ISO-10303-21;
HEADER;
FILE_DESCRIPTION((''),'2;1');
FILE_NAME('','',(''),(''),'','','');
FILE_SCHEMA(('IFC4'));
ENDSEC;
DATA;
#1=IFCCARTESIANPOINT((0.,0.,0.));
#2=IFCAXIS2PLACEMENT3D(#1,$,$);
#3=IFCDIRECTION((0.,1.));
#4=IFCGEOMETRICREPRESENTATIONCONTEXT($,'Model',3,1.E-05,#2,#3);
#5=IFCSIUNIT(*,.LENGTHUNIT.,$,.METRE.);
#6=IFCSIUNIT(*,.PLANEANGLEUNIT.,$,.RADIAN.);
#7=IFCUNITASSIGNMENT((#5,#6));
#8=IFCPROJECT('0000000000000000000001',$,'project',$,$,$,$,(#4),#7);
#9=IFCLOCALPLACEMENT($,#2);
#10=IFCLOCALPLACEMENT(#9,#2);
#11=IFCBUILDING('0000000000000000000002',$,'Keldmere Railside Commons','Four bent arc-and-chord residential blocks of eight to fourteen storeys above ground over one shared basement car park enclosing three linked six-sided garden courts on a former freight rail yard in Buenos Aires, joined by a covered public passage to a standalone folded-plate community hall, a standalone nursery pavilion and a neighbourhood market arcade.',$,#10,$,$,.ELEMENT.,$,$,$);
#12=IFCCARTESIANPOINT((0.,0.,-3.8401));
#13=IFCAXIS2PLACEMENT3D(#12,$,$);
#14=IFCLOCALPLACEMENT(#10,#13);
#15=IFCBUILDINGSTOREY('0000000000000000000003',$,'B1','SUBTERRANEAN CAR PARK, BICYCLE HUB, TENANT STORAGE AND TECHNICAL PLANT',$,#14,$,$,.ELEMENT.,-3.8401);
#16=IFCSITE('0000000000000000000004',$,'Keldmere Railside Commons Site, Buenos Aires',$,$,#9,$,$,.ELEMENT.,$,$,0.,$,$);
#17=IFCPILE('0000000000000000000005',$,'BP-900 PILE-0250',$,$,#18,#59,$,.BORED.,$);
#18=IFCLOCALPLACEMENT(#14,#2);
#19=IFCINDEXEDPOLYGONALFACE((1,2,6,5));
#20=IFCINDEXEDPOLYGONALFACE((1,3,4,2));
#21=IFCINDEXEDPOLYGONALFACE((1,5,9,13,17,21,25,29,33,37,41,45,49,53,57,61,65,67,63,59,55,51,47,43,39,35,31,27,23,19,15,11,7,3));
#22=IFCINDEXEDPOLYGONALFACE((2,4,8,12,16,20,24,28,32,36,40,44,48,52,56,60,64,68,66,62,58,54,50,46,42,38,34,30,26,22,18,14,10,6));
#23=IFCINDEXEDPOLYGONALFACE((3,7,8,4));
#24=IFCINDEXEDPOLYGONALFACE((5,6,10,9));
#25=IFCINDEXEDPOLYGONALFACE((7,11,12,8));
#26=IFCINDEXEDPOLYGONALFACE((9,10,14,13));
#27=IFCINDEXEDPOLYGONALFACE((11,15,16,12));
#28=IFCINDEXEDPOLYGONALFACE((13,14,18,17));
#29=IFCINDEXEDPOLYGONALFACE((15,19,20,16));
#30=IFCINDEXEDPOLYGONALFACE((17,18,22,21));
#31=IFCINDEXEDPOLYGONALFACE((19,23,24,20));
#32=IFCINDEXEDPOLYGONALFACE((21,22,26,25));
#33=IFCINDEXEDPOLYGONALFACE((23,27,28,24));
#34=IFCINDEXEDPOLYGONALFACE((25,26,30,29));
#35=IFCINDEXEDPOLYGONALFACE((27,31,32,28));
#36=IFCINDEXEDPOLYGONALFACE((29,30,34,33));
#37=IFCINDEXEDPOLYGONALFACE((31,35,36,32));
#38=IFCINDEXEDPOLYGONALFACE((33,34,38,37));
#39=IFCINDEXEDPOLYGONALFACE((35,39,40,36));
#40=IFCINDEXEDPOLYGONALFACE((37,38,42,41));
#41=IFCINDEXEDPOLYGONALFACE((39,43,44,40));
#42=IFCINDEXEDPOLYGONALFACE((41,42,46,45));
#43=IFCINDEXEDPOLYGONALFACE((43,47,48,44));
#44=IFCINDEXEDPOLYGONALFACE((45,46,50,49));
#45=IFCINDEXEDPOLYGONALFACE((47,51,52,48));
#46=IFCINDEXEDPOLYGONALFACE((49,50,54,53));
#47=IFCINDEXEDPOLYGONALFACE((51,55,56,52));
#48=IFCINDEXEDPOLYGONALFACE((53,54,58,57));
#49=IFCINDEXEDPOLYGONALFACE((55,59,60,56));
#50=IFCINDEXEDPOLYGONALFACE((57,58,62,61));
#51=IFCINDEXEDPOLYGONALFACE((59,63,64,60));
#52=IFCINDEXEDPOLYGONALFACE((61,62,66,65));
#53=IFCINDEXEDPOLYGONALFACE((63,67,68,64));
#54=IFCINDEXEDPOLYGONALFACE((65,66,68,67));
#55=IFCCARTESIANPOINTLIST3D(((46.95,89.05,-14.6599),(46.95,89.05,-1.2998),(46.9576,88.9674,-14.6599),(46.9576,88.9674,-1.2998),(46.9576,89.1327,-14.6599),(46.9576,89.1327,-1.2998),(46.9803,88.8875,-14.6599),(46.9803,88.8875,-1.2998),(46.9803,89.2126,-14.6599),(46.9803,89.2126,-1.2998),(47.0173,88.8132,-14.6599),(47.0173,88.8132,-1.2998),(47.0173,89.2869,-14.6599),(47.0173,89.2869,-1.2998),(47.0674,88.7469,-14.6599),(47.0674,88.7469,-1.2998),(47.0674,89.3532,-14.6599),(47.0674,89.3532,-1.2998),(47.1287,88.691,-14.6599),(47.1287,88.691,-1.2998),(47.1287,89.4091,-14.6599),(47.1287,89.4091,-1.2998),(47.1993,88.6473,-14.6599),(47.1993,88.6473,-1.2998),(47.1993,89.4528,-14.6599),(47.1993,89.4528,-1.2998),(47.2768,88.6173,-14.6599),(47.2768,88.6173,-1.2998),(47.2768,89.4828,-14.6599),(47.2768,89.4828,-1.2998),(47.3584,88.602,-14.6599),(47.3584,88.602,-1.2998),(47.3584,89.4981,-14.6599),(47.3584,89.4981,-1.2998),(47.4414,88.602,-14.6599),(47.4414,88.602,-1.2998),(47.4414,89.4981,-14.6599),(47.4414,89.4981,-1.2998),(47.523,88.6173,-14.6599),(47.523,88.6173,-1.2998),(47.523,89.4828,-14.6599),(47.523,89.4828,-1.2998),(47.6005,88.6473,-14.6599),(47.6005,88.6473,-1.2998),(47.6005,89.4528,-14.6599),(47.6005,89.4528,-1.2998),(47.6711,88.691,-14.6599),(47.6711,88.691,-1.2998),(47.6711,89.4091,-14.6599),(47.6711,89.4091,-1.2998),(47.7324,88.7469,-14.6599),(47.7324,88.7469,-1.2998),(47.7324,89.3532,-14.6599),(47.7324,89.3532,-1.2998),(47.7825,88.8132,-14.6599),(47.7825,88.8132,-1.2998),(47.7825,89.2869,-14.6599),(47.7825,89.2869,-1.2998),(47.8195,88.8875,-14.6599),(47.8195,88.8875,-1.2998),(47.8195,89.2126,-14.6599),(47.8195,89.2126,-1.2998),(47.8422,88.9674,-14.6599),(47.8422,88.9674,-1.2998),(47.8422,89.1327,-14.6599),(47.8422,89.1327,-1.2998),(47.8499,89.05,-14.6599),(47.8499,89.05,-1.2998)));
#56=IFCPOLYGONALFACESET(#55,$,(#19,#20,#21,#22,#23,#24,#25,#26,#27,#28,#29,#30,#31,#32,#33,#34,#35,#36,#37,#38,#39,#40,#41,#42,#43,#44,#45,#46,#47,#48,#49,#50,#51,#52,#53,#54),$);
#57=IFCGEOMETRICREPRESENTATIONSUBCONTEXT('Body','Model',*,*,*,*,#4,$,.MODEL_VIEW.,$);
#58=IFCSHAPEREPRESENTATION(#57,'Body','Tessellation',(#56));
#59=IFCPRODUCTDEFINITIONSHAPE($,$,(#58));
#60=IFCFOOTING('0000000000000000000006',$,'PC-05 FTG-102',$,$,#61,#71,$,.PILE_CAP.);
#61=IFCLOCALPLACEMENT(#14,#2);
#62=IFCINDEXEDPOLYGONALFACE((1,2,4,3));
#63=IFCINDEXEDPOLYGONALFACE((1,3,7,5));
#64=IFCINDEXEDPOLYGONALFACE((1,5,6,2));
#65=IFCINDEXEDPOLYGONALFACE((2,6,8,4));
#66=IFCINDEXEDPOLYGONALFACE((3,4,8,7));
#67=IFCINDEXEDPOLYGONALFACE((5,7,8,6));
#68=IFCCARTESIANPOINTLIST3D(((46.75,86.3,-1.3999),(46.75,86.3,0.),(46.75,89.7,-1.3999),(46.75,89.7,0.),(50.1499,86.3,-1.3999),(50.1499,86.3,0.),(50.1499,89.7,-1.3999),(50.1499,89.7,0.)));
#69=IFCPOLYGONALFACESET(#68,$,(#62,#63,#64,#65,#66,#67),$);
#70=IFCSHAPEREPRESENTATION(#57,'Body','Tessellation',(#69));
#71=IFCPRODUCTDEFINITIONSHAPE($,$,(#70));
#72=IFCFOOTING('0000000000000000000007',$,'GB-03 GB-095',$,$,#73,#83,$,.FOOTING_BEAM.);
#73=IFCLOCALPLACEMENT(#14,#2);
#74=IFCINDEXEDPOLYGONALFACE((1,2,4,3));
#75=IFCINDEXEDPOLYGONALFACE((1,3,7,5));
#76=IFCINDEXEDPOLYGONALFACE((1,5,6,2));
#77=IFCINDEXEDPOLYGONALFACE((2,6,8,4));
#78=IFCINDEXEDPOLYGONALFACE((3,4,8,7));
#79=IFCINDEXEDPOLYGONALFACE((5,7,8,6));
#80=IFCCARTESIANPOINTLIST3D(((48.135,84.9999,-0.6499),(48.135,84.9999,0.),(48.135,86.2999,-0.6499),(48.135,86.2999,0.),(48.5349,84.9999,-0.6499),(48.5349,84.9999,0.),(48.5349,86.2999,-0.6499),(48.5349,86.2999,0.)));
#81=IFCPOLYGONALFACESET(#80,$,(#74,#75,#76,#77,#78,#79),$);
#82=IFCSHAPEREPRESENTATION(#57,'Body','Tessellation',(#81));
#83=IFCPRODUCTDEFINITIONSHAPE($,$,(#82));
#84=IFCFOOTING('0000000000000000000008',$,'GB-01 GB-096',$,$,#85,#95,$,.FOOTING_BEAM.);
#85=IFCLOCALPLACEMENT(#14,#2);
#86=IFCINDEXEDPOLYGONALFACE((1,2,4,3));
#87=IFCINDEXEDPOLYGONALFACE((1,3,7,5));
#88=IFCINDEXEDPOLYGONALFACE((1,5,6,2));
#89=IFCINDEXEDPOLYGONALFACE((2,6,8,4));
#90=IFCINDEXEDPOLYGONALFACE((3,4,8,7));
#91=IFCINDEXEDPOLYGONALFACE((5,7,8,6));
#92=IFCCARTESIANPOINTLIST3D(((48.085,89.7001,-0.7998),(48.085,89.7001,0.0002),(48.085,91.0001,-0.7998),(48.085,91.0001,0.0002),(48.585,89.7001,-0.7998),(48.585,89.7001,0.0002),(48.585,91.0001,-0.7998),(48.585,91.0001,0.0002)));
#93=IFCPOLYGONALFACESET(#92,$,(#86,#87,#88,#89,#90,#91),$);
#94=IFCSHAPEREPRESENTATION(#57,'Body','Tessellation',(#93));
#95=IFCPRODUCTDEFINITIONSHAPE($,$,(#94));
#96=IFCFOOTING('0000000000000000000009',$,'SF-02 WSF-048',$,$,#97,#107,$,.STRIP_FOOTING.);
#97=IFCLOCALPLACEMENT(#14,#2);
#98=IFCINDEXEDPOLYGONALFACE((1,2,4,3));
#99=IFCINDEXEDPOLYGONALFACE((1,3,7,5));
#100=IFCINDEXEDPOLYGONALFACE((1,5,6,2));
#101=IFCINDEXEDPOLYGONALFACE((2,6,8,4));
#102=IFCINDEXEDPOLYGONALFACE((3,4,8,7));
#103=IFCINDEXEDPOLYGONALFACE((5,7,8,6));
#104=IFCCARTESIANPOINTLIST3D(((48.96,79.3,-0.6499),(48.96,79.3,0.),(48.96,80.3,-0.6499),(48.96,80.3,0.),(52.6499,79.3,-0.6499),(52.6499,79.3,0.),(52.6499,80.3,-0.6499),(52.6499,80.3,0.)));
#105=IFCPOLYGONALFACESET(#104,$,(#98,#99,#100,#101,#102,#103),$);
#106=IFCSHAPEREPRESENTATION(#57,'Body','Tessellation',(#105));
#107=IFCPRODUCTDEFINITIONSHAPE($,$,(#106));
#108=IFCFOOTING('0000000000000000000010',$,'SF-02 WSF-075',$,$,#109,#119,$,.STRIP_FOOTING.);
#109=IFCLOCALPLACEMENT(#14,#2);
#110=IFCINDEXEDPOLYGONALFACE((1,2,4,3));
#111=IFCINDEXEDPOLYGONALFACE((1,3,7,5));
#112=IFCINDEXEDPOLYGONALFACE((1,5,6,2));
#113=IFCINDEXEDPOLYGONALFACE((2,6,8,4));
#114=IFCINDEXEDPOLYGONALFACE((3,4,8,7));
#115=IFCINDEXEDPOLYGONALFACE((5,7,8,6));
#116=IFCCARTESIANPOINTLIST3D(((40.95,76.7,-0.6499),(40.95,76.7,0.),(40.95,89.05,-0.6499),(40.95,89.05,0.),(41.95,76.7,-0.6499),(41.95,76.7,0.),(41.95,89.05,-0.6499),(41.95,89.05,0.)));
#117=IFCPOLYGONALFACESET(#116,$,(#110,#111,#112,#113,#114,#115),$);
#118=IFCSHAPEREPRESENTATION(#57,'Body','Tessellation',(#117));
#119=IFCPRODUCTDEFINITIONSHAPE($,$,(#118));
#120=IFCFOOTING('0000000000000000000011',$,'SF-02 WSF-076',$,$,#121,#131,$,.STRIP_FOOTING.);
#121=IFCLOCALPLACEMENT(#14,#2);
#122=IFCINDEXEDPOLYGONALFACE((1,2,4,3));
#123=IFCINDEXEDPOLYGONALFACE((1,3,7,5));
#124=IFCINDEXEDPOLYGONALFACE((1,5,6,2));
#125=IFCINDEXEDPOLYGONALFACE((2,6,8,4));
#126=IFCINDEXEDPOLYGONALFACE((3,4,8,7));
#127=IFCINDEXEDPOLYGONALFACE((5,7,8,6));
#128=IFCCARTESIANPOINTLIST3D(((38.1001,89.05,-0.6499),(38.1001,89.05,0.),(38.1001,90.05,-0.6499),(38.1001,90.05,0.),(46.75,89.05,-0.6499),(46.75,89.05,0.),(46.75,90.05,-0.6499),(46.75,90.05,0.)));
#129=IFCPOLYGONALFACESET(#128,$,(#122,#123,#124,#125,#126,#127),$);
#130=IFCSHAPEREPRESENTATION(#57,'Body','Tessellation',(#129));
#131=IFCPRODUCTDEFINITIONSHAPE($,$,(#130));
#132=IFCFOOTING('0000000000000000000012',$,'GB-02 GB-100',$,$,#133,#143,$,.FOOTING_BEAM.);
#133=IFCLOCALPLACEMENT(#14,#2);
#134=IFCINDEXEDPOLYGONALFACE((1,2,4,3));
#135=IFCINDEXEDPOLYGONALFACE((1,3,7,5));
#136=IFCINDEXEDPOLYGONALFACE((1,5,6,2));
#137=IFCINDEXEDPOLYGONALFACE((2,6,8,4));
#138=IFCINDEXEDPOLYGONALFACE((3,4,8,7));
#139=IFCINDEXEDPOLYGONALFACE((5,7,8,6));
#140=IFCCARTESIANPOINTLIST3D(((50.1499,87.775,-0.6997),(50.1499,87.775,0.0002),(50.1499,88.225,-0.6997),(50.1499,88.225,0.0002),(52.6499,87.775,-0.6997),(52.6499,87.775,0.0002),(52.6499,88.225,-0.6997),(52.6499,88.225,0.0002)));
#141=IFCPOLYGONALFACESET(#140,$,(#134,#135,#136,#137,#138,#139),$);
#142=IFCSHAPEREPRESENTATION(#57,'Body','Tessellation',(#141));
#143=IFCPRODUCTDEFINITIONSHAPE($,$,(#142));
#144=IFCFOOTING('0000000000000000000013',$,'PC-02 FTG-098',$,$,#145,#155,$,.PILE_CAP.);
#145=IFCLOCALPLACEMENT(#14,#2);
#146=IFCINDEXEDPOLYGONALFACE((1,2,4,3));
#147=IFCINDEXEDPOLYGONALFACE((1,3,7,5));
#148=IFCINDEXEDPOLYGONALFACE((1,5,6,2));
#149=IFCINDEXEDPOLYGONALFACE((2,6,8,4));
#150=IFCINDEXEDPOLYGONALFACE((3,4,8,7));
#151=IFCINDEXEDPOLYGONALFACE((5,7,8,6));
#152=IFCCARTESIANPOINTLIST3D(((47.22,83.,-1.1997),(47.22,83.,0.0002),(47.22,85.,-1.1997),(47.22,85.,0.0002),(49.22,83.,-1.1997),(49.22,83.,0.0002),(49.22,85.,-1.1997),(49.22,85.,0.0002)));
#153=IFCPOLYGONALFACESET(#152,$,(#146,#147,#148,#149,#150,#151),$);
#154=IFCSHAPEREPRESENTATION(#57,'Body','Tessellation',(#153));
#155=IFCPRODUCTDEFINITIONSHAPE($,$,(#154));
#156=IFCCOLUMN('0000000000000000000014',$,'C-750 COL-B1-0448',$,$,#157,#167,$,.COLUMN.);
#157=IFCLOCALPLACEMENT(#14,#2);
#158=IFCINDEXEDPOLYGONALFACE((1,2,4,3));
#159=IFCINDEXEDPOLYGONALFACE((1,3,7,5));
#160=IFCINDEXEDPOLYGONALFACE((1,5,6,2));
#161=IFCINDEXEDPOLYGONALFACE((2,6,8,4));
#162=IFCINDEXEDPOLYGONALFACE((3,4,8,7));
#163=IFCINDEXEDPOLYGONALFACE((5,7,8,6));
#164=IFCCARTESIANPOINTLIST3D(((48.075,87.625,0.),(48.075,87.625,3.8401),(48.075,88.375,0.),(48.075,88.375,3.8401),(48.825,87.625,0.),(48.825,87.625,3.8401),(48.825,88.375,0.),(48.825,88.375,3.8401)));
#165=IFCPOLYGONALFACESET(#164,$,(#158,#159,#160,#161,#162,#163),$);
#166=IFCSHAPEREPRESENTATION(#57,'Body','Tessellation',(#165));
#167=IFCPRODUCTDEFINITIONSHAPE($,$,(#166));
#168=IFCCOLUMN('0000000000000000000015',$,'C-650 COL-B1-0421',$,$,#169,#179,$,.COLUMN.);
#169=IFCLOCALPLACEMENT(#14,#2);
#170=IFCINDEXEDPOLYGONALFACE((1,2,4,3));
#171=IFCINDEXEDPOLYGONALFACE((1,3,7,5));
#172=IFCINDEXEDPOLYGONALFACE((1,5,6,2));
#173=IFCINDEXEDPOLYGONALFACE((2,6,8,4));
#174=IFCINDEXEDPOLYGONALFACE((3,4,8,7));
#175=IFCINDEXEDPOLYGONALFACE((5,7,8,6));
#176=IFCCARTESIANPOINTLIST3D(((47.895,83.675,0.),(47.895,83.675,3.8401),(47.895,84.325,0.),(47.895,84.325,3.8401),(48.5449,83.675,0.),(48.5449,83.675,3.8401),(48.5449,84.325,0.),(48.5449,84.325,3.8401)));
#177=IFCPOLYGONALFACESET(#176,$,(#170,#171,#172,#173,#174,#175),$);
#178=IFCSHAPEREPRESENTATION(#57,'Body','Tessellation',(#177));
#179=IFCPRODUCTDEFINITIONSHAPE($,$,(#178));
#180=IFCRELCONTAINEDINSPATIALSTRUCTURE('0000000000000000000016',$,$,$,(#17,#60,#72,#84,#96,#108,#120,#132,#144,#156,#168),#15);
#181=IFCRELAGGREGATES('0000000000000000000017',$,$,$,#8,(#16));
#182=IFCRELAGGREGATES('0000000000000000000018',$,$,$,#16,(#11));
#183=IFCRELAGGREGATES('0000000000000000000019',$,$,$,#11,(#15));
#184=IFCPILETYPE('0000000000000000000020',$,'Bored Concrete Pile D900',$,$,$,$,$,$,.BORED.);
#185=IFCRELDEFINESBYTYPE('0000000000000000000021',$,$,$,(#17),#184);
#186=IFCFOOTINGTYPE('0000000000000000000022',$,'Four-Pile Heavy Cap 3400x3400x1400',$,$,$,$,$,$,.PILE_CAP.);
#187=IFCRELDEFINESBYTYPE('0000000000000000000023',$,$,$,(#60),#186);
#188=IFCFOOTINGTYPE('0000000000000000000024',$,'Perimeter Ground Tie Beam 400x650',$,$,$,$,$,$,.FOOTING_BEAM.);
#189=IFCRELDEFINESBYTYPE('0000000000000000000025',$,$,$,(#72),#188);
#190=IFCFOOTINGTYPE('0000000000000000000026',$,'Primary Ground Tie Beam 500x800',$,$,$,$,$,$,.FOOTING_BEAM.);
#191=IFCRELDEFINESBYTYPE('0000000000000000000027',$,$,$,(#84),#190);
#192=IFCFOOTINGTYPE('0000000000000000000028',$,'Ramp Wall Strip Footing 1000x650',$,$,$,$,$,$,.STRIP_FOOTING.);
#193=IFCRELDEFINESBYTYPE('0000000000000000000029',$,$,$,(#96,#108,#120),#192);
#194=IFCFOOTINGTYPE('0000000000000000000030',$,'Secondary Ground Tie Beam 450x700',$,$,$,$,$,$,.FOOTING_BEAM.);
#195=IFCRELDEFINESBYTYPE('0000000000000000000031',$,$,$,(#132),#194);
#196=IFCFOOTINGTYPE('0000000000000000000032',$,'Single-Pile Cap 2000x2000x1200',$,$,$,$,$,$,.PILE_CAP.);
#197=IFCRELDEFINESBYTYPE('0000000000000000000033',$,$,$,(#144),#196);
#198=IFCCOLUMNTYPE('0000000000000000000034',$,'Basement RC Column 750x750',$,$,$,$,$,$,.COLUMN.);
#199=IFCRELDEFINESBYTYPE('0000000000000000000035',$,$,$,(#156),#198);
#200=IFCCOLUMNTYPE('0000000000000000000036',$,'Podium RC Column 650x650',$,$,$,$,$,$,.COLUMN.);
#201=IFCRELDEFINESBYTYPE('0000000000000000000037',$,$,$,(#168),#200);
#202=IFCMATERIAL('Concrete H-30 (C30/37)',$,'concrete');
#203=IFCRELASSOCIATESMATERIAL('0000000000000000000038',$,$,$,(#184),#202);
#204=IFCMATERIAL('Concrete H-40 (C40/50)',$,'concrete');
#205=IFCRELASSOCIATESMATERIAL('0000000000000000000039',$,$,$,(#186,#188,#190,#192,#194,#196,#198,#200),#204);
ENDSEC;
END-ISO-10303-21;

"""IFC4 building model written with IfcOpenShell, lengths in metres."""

from ifc_helpers import new_model, si_unit, direction, frame, origin, origin_2d, place, context, subcontext, project, spatial, rectangle, circle, extrude, material, material_profile, profile_set, type_object, element, save


model = new_model("IFC4")

# Units and contexts
model_context = context("Model", 3, precision=1e-05, world=origin(), true_north=direction((0.0, 1.0)))
body_context = subcontext(model_context, "Body", "Model", "MODEL_VIEW")
ifc_project = project(units=[si_unit("LENGTHUNIT", "METRE"), si_unit("PLANEANGLEUNIT", "RADIAN")], contexts=[model_context])

# Site, building, storey
site_placement = place(None, origin())
site = spatial("IfcSite", under=ifc_project, at=site_placement, Name="Keldmere Railside Commons Site, Buenos Aires", CompositionType="ELEMENT", RefElevation=0.0)
building_placement = place(site_placement, origin())
building = spatial("IfcBuilding", under=site, at=building_placement, Name="Keldmere Railside Commons", Description="Four bent arc-and-chord residential blocks of eight to fourteen storeys above ground over one shared basement car park enclosing three linked six-sided garden courts on a former freight rail yard in Buenos Aires, joined by a covered public passage to a standalone folded-plate community hall, a standalone nursery pavilion and a neighbourhood market arcade.", CompositionType="ELEMENT")
storey_placement = place(building_placement, frame((0.0, 0.0, -3.8401)))
storey = spatial("IfcBuildingStorey", under=building, at=storey_placement, Name="B1", Description="SUBTERRANEAN CAR PARK, BICYCLE HUB, TENANT STORAGE AND TECHNICAL PLANT", CompositionType="ELEMENT", Elevation=-3.8401)

# Pile
ifc_material_1 = material(Name="Concrete H-30 (C30/37)", Category="concrete")
ifc_material_profile_1 = material_profile(ifc_material_1, circle(Radius=0.45, at=origin_2d()), Name="PILE-D900")
ifc_profile_set_1 = profile_set([ifc_material_profile_1], Name="Concrete H-30 (C30/37)")
pile_type = type_object("IfcPileType", Name="Bored Concrete Pile D900", PredefinedType="BORED", material=ifc_profile_set_1)
for number, where, z_axis, x_axis, name in (
    (1, (47.3999, 89.05, -1.2998), (0.0, 0.0, -1.0), (1.0, 0.0, 0.0), "BP-900 PILE-0250"),
):
    element("IfcPile", number, at=place(storey_placement, frame(where, z_axis=z_axis, x_axis=x_axis)), inside=storey, type_object=pile_type, Name=name, PredefinedType="BORED", context=body_context, shape_type="SweptSolid", body=[
        extrude(circle(Radius=0.45, at=origin_2d()), origin(), (0.0, 0.0, 1.0), 13.3601),
    ])

# Footings
ifc_material_2 = material(Name="Concrete H-40 (C40/50)", Category="concrete")
footing_type_1 = type_object("IfcFootingType", Name="Four-Pile Heavy Cap 3400x3400x1400", PredefinedType="PILE_CAP", material=ifc_material_2)
footing_1_placement = place(storey_placement, frame((48.45, 88.0, -1.3999), z_axis=(0.0, 0.0, 1.0), x_axis=(1.0, 0.0, 0.0)))
element("IfcFooting", 2, at=footing_1_placement, inside=storey, type_object=footing_type_1, Name="PC-05 FTG-102", PredefinedType="PILE_CAP", context=body_context, shape_type="SweptSolid", body=[
    extrude(rectangle(XDim=3.3999, YDim=3.3999, at=origin_2d()), origin(), (0.0, 0.0, 1.0), 1.3999),
])
footing_type_2 = type_object("IfcFootingType", Name="Perimeter Ground Tie Beam 400x650", PredefinedType="FOOTING_BEAM", material=ifc_material_2)
footing_2_placement = place(storey_placement, frame((48.335, 85.6499, -0.6499), z_axis=(0.0, 0.0, 1.0), x_axis=(0.0, 1.0, 0.0)))
element("IfcFooting", 3, at=footing_2_placement, inside=storey, type_object=footing_type_2, Name="GB-03 GB-095", PredefinedType="FOOTING_BEAM", context=body_context, shape_type="SweptSolid", body=[
    extrude(rectangle(XDim=1.3, YDim=0.3999, at=origin_2d()), origin(), (0.0, 0.0, 1.0), 0.6499),
])
footing_type_3 = type_object("IfcFootingType", Name="Primary Ground Tie Beam 500x800", PredefinedType="FOOTING_BEAM", material=ifc_material_2)
footing_3_placement = place(storey_placement, frame((48.335, 90.3501, -0.7998), z_axis=(0.0, 0.0, 1.0), x_axis=(0.0, 1.0, 0.0)))
element("IfcFooting", 4, at=footing_3_placement, inside=storey, type_object=footing_type_3, Name="GB-01 GB-096", PredefinedType="FOOTING_BEAM", context=body_context, shape_type="SweptSolid", body=[
    extrude(rectangle(XDim=1.3, YDim=0.5, at=origin_2d()), origin(), (0.0, 0.0, 1.0), 0.8),
])
footing_type_4 = type_object("IfcFootingType", Name="Ramp Wall Strip Footing 1000x650", PredefinedType="STRIP_FOOTING", material=ifc_material_2)
footing_4_placement = place(storey_placement, frame((50.8049, 79.8, -0.6499), z_axis=(0.0, 0.0, 1.0), x_axis=(1.0, 0.0, 0.0)))
element("IfcFooting", 5, at=footing_4_placement, inside=storey, type_object=footing_type_4, Name="SF-02 WSF-048", PredefinedType="STRIP_FOOTING", context=body_context, shape_type="SweptSolid", body=[
    extrude(rectangle(XDim=3.6899, YDim=1.0, at=origin_2d()), origin(), (0.0, 0.0, 1.0), 0.6499),
])
footing_5_placement = place(storey_placement, frame((41.45, 82.875, -0.6499), z_axis=(0.0, 0.0, 1.0), x_axis=(0.0, 1.0, 0.0)))
element("IfcFooting", 6, at=footing_5_placement, inside=storey, type_object=footing_type_4, Name="SF-02 WSF-075", PredefinedType="STRIP_FOOTING", context=body_context, shape_type="SweptSolid", body=[
    extrude(rectangle(XDim=12.3501, YDim=1.0, at=origin_2d()), origin(), (0.0, 0.0, 1.0), 0.6499),
])
footing_6_placement = place(storey_placement, frame((42.425, 89.55, -0.6499), z_axis=(0.0, 0.0, 1.0), x_axis=(1.0, 0.0, 0.0)))
element("IfcFooting", 7, at=footing_6_placement, inside=storey, type_object=footing_type_4, Name="SF-02 WSF-076", PredefinedType="STRIP_FOOTING", context=body_context, shape_type="SweptSolid", body=[
    extrude(rectangle(XDim=8.6499, YDim=1.0, at=origin_2d()), origin(), (0.0, 0.0, 1.0), 0.6499),
])
footing_type_5 = type_object("IfcFootingType", Name="Secondary Ground Tie Beam 450x700", PredefinedType="FOOTING_BEAM", material=ifc_material_2)
footing_7_placement = place(storey_placement, frame((51.3999, 88.0, -0.6997), z_axis=(0.0, 0.0, 1.0), x_axis=(1.0, 0.0, 0.0)))
element("IfcFooting", 8, at=footing_7_placement, inside=storey, type_object=footing_type_5, Name="GB-02 GB-100", PredefinedType="FOOTING_BEAM", context=body_context, shape_type="SweptSolid", body=[
    extrude(rectangle(XDim=2.5, YDim=0.45, at=origin_2d()), origin(), (0.0, 0.0, 1.0), 0.7),
])
footing_type_6 = type_object("IfcFootingType", Name="Single-Pile Cap 2000x2000x1200", PredefinedType="PILE_CAP", material=ifc_material_2)
footing_8_placement = place(storey_placement, frame((48.22, 84.0, -1.1997), z_axis=(0.0, 0.0, 1.0), x_axis=(1.0, 0.0, 0.0)))
element("IfcFooting", 9, at=footing_8_placement, inside=storey, type_object=footing_type_6, Name="PC-02 FTG-098", PredefinedType="PILE_CAP", context=body_context, shape_type="SweptSolid", body=[
    extrude(rectangle(XDim=2.0, YDim=2.0, at=origin_2d()), origin(), (0.0, 0.0, 1.0), 1.2),
])

# Columns
ifc_material_profile_2 = material_profile(ifc_material_2, rectangle(XDim=0.75, YDim=0.75, at=origin_2d()), Name="RC-750x750")
ifc_profile_set_2 = profile_set([ifc_material_profile_2], Name="Concrete H-40 (C40/50)")
column_type_1 = type_object("IfcColumnType", Name="Basement RC Column 750x750", PredefinedType="COLUMN", material=ifc_profile_set_2)
column_1_placement = place(storey_placement, frame((48.45, 88.0, 0.0), z_axis=(0.0, 0.0, 1.0), x_axis=(1.0, 0.0, 0.0)))
element("IfcColumn", 10, at=column_1_placement, inside=storey, type_object=column_type_1, Name="C-750 COL-B1-0448", PredefinedType="COLUMN", context=body_context, shape_type="SweptSolid", body=[
    extrude(rectangle(XDim=0.75, YDim=0.75, at=origin_2d()), origin(), (0.0, 0.0, 1.0), 3.8401),
])
ifc_material_profile_3 = material_profile(ifc_material_2, rectangle(XDim=0.6499, YDim=0.6499, at=origin_2d()), Name="RC-650x650")
ifc_profile_set_3 = profile_set([ifc_material_profile_3], Name="Concrete H-40 (C40/50)")
column_type_2 = type_object("IfcColumnType", Name="Podium RC Column 650x650", PredefinedType="COLUMN", material=ifc_profile_set_3)
column_2_placement = place(storey_placement, frame((48.22, 84.0, 0.0), z_axis=(0.0, 0.0, 1.0), x_axis=(1.0, 0.0, 0.0)))
element("IfcColumn", 11, at=column_2_placement, inside=storey, type_object=column_type_2, Name="C-650 COL-B1-0421", PredefinedType="COLUMN", context=body_context, shape_type="SweptSolid", body=[
    extrude(rectangle(XDim=0.6499, YDim=0.6499, at=origin_2d()), origin(), (0.0, 0.0, 1.0), 3.8401),
])

save(model, "model.ifc")
